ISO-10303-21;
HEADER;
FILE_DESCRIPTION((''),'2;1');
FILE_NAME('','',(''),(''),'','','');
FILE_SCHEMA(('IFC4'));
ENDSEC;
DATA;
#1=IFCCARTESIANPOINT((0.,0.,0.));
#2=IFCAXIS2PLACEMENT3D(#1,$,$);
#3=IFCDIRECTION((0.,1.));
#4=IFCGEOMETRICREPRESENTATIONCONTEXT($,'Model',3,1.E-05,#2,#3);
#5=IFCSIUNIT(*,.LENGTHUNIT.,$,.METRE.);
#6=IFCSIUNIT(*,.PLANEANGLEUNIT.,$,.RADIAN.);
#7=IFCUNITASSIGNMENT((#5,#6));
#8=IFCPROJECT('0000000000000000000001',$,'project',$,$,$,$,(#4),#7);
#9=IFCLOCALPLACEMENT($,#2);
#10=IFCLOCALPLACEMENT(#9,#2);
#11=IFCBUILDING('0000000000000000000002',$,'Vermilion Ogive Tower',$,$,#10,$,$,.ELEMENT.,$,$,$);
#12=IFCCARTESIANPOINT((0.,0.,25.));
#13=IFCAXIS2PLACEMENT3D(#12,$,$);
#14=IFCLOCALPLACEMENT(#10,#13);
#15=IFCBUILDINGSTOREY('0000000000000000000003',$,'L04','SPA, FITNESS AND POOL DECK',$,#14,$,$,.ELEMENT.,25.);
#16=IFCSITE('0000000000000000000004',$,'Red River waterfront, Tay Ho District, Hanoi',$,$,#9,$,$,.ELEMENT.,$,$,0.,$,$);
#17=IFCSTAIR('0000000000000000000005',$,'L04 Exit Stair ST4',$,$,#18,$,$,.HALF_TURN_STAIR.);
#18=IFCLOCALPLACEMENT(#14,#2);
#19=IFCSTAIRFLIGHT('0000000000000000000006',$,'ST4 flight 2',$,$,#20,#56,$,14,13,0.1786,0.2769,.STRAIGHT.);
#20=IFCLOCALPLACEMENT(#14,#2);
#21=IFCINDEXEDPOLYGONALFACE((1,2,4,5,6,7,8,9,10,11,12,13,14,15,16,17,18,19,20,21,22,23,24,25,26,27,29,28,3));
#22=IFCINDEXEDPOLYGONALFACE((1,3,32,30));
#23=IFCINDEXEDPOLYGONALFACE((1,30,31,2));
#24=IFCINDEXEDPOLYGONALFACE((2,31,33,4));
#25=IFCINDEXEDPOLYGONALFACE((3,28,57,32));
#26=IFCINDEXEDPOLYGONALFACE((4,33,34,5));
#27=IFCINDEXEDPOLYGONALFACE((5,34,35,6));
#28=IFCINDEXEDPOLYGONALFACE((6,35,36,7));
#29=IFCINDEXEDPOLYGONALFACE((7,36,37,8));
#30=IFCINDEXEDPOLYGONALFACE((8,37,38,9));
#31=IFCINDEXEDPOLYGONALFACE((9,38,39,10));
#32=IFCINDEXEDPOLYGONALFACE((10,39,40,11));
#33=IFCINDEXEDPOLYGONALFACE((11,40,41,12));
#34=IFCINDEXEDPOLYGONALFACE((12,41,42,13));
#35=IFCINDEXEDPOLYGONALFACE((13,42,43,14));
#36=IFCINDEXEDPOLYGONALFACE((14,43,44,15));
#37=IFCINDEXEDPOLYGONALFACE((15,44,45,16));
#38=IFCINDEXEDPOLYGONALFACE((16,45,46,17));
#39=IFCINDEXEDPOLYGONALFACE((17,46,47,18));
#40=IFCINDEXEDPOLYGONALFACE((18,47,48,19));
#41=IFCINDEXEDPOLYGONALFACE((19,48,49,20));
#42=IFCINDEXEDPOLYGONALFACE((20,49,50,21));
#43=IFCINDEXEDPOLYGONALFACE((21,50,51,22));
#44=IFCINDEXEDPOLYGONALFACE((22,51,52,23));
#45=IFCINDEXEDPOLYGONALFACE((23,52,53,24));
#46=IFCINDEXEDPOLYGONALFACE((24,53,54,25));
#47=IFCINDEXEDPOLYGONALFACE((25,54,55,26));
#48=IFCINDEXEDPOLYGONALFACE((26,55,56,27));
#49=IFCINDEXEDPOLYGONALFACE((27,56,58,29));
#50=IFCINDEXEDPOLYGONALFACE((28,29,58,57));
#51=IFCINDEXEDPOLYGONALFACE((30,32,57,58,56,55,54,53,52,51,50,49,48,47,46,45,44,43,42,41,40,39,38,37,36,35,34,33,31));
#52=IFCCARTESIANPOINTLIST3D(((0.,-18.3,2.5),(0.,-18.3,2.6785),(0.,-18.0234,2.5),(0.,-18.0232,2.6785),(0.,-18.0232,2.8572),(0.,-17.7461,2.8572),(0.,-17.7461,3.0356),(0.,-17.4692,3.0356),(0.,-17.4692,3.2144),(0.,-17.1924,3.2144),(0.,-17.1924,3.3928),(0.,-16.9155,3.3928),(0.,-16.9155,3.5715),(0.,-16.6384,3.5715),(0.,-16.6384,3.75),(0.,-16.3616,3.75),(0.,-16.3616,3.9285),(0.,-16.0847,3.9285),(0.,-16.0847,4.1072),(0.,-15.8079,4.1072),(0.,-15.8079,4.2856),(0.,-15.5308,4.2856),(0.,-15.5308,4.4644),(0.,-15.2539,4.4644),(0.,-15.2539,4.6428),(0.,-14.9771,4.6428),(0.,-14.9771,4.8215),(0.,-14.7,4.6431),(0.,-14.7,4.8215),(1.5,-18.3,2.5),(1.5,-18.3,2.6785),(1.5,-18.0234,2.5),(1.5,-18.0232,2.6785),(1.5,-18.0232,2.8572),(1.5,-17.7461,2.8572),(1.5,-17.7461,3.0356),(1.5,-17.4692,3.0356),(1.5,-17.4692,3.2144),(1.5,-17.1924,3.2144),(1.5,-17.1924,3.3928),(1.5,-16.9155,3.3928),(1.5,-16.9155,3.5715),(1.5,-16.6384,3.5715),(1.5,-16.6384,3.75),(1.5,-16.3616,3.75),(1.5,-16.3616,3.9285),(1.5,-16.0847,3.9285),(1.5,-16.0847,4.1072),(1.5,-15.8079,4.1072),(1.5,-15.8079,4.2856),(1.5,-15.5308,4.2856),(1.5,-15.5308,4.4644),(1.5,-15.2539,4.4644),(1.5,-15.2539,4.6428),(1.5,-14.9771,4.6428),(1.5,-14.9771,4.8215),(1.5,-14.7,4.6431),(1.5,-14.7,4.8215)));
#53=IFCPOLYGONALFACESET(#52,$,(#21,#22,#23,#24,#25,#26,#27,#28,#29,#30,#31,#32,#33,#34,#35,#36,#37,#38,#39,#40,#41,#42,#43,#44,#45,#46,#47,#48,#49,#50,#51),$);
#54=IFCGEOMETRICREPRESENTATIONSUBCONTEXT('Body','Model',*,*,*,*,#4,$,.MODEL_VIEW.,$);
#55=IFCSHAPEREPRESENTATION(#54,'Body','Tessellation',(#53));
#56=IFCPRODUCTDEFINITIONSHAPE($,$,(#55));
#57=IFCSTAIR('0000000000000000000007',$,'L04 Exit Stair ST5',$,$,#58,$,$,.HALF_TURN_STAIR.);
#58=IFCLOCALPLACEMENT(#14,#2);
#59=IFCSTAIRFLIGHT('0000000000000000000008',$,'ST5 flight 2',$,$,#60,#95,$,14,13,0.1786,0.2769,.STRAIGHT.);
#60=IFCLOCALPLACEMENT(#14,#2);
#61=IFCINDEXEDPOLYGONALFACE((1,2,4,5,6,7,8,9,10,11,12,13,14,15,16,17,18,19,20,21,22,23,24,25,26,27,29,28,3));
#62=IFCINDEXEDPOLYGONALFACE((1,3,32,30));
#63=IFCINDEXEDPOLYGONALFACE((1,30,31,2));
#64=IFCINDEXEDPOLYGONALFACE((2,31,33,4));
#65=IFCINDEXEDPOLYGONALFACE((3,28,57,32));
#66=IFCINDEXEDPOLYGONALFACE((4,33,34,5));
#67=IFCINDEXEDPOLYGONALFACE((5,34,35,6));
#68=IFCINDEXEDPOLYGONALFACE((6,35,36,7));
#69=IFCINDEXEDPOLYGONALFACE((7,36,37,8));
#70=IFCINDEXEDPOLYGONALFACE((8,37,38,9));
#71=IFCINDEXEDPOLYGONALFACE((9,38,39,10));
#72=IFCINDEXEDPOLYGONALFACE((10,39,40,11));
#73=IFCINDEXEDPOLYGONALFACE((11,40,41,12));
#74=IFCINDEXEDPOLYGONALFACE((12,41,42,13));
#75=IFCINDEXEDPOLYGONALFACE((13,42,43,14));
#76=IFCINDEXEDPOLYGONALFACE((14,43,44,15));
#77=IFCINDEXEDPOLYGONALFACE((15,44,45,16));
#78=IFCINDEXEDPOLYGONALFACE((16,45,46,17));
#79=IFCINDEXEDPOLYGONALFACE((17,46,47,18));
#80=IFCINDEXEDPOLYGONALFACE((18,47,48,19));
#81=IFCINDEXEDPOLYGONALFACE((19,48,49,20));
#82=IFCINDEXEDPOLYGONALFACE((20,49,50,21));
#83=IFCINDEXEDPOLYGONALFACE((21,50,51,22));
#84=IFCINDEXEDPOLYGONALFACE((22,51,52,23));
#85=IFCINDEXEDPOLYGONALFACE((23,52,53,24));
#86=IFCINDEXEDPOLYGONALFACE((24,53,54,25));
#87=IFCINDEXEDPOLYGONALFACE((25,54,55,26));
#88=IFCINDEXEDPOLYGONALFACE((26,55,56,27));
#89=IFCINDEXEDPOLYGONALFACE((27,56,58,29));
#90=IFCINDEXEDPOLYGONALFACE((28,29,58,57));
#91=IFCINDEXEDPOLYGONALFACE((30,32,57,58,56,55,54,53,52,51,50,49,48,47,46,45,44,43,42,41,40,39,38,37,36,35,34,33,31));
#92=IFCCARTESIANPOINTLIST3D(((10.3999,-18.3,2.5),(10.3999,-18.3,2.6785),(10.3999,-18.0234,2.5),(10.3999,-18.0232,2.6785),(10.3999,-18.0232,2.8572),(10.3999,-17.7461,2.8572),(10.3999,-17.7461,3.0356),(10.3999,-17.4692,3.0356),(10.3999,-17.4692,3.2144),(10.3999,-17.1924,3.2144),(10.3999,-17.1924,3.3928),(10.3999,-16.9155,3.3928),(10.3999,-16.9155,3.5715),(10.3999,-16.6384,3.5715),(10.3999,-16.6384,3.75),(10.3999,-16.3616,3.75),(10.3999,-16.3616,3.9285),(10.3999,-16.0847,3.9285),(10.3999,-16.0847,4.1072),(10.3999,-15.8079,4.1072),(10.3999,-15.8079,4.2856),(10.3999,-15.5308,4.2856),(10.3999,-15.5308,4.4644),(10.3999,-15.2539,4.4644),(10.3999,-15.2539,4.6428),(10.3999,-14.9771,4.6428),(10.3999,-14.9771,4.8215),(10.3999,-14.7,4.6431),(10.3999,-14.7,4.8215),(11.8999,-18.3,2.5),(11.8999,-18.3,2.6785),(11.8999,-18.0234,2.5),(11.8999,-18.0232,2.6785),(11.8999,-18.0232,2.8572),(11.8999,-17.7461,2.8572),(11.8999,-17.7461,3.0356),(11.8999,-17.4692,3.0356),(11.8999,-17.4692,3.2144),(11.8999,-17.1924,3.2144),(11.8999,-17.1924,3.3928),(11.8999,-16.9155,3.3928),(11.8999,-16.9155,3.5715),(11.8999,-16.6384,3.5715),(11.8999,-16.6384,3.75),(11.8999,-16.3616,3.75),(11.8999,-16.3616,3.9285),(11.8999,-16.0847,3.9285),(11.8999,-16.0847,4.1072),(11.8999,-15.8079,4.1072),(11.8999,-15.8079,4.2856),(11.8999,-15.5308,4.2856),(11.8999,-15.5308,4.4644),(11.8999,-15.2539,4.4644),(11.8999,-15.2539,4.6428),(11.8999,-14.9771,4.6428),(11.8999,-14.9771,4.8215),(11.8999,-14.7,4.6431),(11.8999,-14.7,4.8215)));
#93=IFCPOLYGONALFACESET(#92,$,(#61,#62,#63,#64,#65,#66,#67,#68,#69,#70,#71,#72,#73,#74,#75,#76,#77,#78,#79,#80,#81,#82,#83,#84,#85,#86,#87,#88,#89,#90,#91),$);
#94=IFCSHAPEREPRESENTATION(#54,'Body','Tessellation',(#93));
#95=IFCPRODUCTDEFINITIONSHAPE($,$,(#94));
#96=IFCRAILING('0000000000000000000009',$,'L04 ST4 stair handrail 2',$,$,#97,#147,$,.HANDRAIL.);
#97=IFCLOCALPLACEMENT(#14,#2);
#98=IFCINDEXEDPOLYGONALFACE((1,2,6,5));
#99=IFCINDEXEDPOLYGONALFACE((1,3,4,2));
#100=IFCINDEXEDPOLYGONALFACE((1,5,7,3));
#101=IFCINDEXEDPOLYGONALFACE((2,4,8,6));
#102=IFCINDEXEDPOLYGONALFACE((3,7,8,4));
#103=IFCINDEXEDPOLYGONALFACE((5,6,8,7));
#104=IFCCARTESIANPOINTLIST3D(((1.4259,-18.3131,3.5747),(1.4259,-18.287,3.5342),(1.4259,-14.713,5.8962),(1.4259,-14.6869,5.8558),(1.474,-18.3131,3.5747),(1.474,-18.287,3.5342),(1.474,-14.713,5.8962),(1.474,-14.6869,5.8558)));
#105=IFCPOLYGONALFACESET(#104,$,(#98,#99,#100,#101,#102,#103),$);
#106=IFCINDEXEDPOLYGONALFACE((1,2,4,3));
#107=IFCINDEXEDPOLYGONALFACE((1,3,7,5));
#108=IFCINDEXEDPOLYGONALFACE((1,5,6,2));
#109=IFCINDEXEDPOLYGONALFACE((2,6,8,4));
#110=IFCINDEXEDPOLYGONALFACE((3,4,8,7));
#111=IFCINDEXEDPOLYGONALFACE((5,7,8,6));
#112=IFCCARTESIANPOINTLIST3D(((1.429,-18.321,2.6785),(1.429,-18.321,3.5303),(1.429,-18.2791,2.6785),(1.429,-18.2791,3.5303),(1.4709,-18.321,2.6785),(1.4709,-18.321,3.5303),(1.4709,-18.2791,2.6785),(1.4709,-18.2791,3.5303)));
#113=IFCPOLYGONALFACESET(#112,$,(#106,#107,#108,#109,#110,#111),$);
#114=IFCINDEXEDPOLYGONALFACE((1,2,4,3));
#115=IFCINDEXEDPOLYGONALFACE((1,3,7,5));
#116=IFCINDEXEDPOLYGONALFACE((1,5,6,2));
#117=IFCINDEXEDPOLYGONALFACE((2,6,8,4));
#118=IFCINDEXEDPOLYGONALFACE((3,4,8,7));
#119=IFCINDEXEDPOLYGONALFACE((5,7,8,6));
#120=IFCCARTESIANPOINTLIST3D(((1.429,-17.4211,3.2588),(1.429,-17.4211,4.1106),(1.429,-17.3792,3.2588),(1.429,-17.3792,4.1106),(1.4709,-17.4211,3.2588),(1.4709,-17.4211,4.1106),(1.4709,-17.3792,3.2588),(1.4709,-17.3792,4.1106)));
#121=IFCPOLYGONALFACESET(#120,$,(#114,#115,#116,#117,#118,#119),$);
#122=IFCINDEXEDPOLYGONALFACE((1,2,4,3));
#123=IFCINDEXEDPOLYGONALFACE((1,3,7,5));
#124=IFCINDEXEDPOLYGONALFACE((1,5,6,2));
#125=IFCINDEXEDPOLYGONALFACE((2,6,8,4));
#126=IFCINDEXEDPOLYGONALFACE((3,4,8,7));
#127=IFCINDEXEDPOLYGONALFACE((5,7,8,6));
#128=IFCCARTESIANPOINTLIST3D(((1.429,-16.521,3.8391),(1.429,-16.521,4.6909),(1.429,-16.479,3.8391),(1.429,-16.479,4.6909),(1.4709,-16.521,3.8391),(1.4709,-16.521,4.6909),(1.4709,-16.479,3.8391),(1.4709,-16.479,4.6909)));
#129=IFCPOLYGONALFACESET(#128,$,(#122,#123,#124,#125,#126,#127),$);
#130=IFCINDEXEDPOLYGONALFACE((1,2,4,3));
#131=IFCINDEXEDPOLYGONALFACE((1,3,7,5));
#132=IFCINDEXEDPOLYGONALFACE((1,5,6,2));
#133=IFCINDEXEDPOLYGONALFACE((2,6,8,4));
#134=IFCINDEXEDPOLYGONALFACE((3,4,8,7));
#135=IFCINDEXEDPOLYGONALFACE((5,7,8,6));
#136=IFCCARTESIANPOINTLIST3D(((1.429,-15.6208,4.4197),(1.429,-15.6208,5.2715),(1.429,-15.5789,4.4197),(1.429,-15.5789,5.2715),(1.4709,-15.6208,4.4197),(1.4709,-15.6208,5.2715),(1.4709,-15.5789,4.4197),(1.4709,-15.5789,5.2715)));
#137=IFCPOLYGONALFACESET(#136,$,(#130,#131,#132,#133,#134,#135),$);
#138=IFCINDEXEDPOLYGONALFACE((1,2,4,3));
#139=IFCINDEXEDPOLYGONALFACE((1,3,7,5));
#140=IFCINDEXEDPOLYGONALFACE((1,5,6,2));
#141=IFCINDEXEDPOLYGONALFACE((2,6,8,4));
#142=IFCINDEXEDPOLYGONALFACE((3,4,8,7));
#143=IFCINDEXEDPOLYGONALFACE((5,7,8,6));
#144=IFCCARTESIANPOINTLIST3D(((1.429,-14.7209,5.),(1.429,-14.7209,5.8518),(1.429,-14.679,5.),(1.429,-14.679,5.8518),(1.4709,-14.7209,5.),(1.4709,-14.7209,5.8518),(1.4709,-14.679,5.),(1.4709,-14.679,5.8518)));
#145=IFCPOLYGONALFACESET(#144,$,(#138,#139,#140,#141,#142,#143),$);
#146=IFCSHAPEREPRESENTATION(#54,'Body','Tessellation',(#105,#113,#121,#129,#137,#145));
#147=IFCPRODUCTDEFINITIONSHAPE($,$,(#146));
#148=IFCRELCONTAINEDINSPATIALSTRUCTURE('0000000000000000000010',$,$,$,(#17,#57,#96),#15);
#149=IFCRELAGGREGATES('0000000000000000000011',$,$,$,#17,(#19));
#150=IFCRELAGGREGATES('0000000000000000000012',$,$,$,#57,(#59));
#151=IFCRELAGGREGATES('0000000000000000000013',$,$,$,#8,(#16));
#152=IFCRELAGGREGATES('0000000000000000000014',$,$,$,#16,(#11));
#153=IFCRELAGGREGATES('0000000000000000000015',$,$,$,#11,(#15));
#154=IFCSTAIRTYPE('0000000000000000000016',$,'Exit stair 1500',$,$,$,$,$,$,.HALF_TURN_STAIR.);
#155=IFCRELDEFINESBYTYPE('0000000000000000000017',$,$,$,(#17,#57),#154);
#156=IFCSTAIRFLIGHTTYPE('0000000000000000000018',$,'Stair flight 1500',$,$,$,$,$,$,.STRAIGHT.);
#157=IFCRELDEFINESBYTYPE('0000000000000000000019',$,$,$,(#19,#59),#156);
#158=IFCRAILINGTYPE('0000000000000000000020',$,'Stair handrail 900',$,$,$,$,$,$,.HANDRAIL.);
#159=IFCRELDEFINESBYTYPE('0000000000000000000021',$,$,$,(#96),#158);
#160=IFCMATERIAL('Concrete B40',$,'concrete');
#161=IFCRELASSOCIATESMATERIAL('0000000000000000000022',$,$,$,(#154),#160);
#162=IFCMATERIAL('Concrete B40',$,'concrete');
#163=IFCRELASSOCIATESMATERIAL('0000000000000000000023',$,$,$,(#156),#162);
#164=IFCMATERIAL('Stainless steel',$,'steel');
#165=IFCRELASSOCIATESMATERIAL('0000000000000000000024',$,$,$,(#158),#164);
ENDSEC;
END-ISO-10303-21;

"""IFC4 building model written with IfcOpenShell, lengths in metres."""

from ifc_helpers import new_model, si_unit, direction, frame, origin, origin_2d, place, context, subcontext, project, spatial, polyline, rectangle, outline, extrude, material, type_object, element, aggregate, save


model = new_model("IFC4")

# Units and contexts
model_context = context("Model", 3, precision=1e-05, world=origin(), true_north=direction((0.0, 1.0)))
body_context = subcontext(model_context, "Body", "Model", "MODEL_VIEW")
ifc_project = project(units=[si_unit("LENGTHUNIT", "METRE"), si_unit("PLANEANGLEUNIT", "RADIAN")], contexts=[model_context])

# Site, building, storey
site_placement = place(None, origin())
site = spatial("IfcSite", under=ifc_project, at=site_placement, Name="Red River waterfront, Tay Ho District, Hanoi", CompositionType="ELEMENT", RefElevation=0.0)
building_placement = place(site_placement, origin())
building = spatial("IfcBuilding", under=site, at=building_placement, Name="Vermilion Ogive Tower", CompositionType="ELEMENT")
storey_placement = place(building_placement, frame((0.0, 0.0, 25.0)))
storey = spatial("IfcBuildingStorey", under=building, at=storey_placement, Name="L04", Description="SPA, FITNESS AND POOL DECK", CompositionType="ELEMENT", Elevation=25.0)

# Stairs, stair flights
ifc_material_1 = material(Name="Concrete B40", Category="concrete")
stair_type = type_object("IfcStairType", Name="Exit stair 1500", PredefinedType="HALF_TURN_STAIR", material=ifc_material_1)
stair_1_placement = place(storey_placement, origin())
stair_1 = element("IfcStair", 1, at=stair_1_placement, inside=storey, type_object=stair_type, Name="L04 Exit Stair ST4", PredefinedType="HALF_TURN_STAIR")
ifc_material_2 = material(Name="Concrete B40", Category="concrete")
stair_flight_type = type_object("IfcStairFlightType", Name="Stair flight 1500", PredefinedType="STRAIGHT", material=ifc_material_2)
stair_flight_1_placement = place(storey_placement, frame((0.75, -18.3, 2.5), z_axis=(0.0, 0.0, 1.0), x_axis=(0.0, 1.0, 0.0)))
stair_flight_1 = element("IfcStairFlight", 2, at=stair_flight_1_placement, type_object=stair_flight_type, Name="ST4 flight 2", NumberOfRisers=14, NumberOfTreads=13, PredefinedType="STRAIGHT", RiserHeight=0.1786, TreadLength=0.2769, context=body_context, shape_type="SweptSolid", body=[
    extrude(outline(polyline([(0.0, 0.0), (0.0, 0.1785), (0.2769, 0.1785), (0.2769, 0.3572), (0.554, 0.3572), (0.554, 0.5356), (0.8308, 0.5356), (0.8308, 0.7144), (1.1077, 0.7144), (1.1077, 0.8928), (1.3845, 0.8928), (1.3845, 1.0715), (1.6616, 1.0715), (1.6616, 1.25), (1.9385, 1.25), (1.9385, 1.4285), (2.2153, 1.4285), (2.2153, 1.6072), (2.4922, 1.6072), (2.4922, 1.7856), (2.7693, 1.7856), (2.7693, 1.9644), (3.0461, 1.9644), (3.0461, 2.1428), (3.323, 2.1428), (3.323, 2.3215), (3.6001, 2.3215), (3.6001, 2.5), (3.6001, 2.1431), (0.2766, 0.0), (0.0, 0.0)])), frame((0.0, 0.75, 0.0), z_axis=(0.0, -1.0, 0.0), x_axis=(1.0, 0.0, 0.0)), (0.0, 0.0, 1.0), 1.5),
])
aggregate(stair_1, [stair_flight_1])
stair_2_placement = place(storey_placement, origin())
stair_2 = element("IfcStair", 3, at=stair_2_placement, inside=storey, type_object=stair_type, Name="L04 Exit Stair ST5", PredefinedType="HALF_TURN_STAIR")
stair_flight_2_placement = place(storey_placement, frame((11.1499, -18.3, 2.5), z_axis=(0.0, 0.0, 1.0), x_axis=(0.0, 1.0, 0.0)))
stair_flight_2 = element("IfcStairFlight", 4, at=stair_flight_2_placement, type_object=stair_flight_type, Name="ST5 flight 2", NumberOfRisers=14, NumberOfTreads=13, PredefinedType="STRAIGHT", RiserHeight=0.1786, TreadLength=0.2769, context=body_context, shape_type="SweptSolid", body=[
    extrude(outline(polyline([(0.0, 0.0), (0.0, 0.1785), (0.2769, 0.1785), (0.2769, 0.3572), (0.554, 0.3572), (0.554, 0.5356), (0.8308, 0.5356), (0.8308, 0.7144), (1.1077, 0.7144), (1.1077, 0.8928), (1.3845, 0.8928), (1.3845, 1.0715), (1.6616, 1.0715), (1.6616, 1.25), (1.9385, 1.25), (1.9385, 1.4285), (2.2153, 1.4285), (2.2153, 1.6072), (2.4922, 1.6072), (2.4922, 1.7856), (2.7693, 1.7856), (2.7693, 1.9644), (3.0461, 1.9644), (3.0461, 2.1428), (3.323, 2.1428), (3.323, 2.3215), (3.6001, 2.3215), (3.6001, 2.5), (3.6001, 2.1431), (0.2766, 0.0), (0.0, 0.0)])), frame((0.0, 0.75, 0.0), z_axis=(0.0, -1.0, 0.0), x_axis=(1.0, 0.0, 0.0)), (0.0, 0.0, 1.0), 1.5),
])
aggregate(stair_2, [stair_flight_2])

# Railing
ifc_material_3 = material(Name="Stainless steel", Category="steel")
railing_type = type_object("IfcRailingType", Name="Stair handrail 900", PredefinedType="HANDRAIL", material=ifc_material_3)
railing_placement = place(storey_placement, frame((1.45, -18.3, 2.6785)))
element("IfcRailing", 5, at=railing_placement, inside=storey, type_object=railing_type, Name="L04 ST4 stair handrail 2", PredefinedType="HANDRAIL", context=body_context, shape_type="SweptSolid", body=[
    extrude(rectangle(XDim=0.0481, YDim=0.0481, at=origin_2d()), frame((0.0, 0.0, 0.876), z_axis=(0.0, 0.840415, 0.541944), x_axis=(-1.0, 0.0, 0.0)), (0.0, 0.0, 1.0), 4.2837),
    extrude(rectangle(XDim=0.042, YDim=0.042, at=origin_2d()), origin(), (0.0, 0.0, 1.0), 0.8518),
    extrude(rectangle(XDim=0.042, YDim=0.042, at=origin_2d()), frame((0.0, 0.8999, 0.5803)), (0.0, 0.0, 1.0), 0.8518),
    extrude(rectangle(XDim=0.042, YDim=0.042, at=origin_2d()), frame((0.0, 1.8, 1.1606)), (0.0, 0.0, 1.0), 0.8518),
    extrude(rectangle(XDim=0.042, YDim=0.042, at=origin_2d()), frame((0.0, 2.7002, 1.7412)), (0.0, 0.0, 1.0), 0.8518),
    extrude(rectangle(XDim=0.042, YDim=0.042, at=origin_2d()), frame((0.0, 3.6001, 2.3215)), (0.0, 0.0, 1.0), 0.8518),
])

save(model, "model.ifc")
